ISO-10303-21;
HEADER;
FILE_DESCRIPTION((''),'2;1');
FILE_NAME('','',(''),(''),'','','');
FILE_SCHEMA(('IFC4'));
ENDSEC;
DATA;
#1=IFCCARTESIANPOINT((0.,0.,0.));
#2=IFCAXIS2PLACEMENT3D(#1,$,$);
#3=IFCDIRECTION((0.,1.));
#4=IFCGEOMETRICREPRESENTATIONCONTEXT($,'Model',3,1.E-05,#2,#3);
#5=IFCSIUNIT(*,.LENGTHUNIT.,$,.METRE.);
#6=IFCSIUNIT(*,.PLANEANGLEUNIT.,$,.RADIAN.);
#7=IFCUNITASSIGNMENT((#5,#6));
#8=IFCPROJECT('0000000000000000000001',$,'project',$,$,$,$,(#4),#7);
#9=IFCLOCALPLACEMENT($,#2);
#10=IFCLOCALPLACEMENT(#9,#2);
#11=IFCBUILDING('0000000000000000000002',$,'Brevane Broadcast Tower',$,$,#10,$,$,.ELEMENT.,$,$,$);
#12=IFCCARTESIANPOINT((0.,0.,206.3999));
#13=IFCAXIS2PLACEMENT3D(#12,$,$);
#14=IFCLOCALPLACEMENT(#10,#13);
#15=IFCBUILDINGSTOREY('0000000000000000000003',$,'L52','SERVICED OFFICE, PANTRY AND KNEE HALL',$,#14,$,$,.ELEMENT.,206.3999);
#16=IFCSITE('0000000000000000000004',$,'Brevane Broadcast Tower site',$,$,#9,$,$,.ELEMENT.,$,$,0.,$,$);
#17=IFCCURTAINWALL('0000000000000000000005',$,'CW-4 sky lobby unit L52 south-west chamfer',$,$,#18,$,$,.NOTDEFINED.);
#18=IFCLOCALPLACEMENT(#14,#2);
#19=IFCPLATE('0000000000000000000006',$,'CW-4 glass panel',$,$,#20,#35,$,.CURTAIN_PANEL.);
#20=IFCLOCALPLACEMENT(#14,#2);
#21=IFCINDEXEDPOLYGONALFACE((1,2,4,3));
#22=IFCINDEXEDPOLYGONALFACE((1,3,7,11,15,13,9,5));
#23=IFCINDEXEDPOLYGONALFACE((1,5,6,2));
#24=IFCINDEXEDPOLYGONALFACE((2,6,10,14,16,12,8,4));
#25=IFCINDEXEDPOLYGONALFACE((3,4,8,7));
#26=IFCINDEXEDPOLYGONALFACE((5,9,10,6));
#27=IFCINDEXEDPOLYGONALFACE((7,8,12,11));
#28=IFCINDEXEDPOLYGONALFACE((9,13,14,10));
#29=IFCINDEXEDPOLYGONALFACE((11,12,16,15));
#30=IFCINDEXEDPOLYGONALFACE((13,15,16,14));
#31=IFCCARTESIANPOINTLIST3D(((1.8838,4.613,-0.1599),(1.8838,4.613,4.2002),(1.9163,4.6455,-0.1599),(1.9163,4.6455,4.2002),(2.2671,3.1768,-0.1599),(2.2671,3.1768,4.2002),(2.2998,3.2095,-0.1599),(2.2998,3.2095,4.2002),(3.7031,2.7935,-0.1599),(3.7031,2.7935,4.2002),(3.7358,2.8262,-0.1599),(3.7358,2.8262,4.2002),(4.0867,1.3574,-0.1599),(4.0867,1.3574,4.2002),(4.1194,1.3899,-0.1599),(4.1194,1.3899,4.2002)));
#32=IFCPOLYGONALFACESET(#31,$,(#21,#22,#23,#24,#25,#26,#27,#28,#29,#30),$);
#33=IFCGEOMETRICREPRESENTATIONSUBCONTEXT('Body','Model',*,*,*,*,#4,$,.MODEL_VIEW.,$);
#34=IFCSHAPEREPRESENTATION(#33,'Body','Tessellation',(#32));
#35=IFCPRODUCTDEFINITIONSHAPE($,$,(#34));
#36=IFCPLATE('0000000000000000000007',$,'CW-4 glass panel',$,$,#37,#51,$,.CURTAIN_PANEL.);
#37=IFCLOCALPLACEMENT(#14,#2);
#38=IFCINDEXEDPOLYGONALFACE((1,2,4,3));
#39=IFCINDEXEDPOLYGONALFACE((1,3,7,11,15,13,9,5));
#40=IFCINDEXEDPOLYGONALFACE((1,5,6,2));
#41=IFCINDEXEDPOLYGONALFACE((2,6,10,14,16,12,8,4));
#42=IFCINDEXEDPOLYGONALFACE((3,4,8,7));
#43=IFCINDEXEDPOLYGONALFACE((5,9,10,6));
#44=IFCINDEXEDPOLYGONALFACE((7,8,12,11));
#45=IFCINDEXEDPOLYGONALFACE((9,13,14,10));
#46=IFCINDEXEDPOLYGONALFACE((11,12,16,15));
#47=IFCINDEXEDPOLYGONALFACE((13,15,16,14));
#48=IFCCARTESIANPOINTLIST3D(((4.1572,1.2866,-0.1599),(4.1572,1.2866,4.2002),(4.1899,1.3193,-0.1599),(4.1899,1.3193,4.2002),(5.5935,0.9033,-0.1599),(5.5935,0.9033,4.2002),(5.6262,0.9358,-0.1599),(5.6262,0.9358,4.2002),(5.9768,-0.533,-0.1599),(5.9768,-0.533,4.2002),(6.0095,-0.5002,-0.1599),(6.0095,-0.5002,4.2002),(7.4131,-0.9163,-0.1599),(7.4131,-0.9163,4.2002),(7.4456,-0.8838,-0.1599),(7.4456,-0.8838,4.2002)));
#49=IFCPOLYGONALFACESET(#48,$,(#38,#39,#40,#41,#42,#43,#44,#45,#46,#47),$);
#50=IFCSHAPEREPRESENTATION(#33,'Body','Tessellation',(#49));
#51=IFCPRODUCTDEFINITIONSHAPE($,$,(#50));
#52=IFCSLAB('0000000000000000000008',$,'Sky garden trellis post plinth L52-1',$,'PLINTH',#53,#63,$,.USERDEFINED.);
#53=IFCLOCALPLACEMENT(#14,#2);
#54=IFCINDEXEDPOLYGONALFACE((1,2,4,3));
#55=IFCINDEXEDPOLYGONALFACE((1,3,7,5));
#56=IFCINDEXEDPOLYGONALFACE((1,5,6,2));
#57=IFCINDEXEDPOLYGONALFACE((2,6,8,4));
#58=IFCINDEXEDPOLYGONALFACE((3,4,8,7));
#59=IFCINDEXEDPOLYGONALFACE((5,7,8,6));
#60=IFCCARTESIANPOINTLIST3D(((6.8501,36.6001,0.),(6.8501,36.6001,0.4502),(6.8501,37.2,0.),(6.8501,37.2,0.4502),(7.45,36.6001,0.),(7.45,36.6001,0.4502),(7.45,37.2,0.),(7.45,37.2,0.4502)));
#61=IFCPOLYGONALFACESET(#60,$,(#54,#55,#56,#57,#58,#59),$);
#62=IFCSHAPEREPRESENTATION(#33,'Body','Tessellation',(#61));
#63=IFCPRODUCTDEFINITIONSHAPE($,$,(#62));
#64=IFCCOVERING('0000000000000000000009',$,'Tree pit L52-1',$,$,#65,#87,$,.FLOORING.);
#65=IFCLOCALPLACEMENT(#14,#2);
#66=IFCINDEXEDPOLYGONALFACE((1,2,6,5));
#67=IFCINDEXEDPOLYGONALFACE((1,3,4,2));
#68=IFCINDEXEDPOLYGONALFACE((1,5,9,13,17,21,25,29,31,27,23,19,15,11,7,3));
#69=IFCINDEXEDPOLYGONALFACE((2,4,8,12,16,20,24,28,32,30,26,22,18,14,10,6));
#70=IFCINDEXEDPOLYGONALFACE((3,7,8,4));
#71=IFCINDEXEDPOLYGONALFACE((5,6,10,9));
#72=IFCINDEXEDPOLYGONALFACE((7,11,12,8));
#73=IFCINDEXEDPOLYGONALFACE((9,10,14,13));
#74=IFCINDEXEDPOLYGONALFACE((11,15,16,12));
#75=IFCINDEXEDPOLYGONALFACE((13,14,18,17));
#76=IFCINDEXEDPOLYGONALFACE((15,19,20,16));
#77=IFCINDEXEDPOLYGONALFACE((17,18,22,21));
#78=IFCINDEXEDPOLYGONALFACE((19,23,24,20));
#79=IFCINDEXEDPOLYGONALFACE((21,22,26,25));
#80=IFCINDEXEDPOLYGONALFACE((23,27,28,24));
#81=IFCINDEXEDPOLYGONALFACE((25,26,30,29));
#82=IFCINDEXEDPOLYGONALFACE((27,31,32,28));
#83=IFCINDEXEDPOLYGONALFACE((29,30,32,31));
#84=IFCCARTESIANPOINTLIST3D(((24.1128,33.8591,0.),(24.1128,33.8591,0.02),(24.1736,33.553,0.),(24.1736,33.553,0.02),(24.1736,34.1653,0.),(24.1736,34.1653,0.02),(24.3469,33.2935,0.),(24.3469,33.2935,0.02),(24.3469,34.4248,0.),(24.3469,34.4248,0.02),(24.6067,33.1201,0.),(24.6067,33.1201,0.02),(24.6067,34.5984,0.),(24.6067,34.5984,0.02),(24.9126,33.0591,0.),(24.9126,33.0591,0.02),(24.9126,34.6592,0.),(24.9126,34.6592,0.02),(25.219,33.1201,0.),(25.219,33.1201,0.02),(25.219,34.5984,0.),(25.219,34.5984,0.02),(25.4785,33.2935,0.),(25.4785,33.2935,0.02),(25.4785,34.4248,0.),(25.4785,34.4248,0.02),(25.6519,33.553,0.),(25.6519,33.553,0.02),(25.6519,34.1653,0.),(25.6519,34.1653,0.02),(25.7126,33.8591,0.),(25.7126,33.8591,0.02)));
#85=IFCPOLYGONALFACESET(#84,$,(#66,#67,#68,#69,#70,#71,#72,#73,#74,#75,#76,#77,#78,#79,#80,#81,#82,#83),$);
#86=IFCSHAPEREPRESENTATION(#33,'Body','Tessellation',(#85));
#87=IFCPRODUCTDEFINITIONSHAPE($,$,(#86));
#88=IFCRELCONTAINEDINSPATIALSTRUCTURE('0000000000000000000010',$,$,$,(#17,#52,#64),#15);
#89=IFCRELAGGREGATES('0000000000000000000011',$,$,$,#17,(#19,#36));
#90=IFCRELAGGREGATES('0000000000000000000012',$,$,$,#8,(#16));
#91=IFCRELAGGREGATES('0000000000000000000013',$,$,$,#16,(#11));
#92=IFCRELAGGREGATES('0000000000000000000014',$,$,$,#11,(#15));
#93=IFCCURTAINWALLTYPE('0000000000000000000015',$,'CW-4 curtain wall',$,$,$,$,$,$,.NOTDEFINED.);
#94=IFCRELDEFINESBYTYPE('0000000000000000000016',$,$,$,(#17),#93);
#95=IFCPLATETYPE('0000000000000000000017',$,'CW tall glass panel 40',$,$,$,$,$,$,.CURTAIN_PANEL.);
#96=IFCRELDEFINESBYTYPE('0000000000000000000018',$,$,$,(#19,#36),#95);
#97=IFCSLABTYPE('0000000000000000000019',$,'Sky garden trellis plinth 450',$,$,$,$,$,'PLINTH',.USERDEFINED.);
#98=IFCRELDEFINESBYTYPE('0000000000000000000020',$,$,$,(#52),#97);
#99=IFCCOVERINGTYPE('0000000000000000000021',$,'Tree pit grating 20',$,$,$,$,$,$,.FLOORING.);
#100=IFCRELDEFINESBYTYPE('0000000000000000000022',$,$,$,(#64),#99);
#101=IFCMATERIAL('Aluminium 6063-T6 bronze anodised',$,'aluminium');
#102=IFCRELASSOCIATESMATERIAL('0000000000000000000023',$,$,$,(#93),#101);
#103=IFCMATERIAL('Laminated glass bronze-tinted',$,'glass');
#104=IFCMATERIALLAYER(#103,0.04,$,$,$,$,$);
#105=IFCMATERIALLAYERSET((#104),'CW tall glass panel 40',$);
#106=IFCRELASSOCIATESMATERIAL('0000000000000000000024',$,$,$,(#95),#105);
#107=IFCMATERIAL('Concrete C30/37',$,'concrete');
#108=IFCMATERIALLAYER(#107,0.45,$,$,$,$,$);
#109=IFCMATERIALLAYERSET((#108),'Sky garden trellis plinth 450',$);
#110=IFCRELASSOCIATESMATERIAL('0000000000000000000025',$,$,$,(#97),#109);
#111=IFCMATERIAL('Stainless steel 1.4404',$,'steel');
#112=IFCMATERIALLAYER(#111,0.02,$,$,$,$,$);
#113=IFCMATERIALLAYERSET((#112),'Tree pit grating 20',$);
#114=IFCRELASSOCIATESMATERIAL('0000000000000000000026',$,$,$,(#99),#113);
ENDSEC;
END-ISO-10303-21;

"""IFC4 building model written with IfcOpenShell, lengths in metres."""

from ifc_helpers import new_model, si_unit, direction, frame, origin, place, context, subcontext, project, spatial, polyline, outline, extrude, material, layer, layer_set, type_object, element, aggregate, save


model = new_model("IFC4")

# Units and contexts
model_context = context("Model", 3, precision=1e-05, world=origin(), true_north=direction((0.0, 1.0)))
body_context = subcontext(model_context, "Body", "Model", "MODEL_VIEW")
ifc_project = project(units=[si_unit("LENGTHUNIT", "METRE"), si_unit("PLANEANGLEUNIT", "RADIAN")], contexts=[model_context])

# Site, building, storey
site_placement = place(None, origin())
site = spatial("IfcSite", under=ifc_project, at=site_placement, Name="Brevane Broadcast Tower site", CompositionType="ELEMENT", RefElevation=0.0)
building_placement = place(site_placement, origin())
building = spatial("IfcBuilding", under=site, at=building_placement, Name="Brevane Broadcast Tower", CompositionType="ELEMENT")
storey_placement = place(building_placement, frame((0.0, 0.0, 206.3999)))
storey = spatial("IfcBuildingStorey", under=building, at=storey_placement, Name="L52", Description="SERVICED OFFICE, PANTRY AND KNEE HALL", CompositionType="ELEMENT", Elevation=206.3999)

# Shared definitions
ifc_material_1 = material(Name="Aluminium 6063-T6 bronze anodised", Category="aluminium")
curtain_wall_type = type_object("IfcCurtainWallType", Name="CW-4 curtain wall", PredefinedType="NOTDEFINED", material=ifc_material_1)

# Curtain wall
curtain_wall_1_placement = place(storey_placement, origin())
curtain_wall_1 = element("IfcCurtainWall", 1, at=curtain_wall_1_placement, inside=storey, type_object=curtain_wall_type, Name="CW-4 sky lobby unit L52 south-west chamfer", PredefinedType="NOTDEFINED")

# Shared definitions
ifc_material_2 = material(Name="Laminated glass bronze-tinted", Category="glass")
ifc_layer_1 = layer(ifc_material_2, 0.04)
ifc_layer_set_1 = layer_set([ifc_layer_1], Name="CW tall glass panel 40")
plate_type = type_object("IfcPlateType", Name="CW tall glass panel 40", PredefinedType="CURTAIN_PANEL", material=ifc_layer_set_1)

# Plates
plate_1_placement = place(storey_placement, frame((0.0, 0.0, -0.1599)))
plate_1 = element("IfcPlate", 2, at=plate_1_placement, type_object=plate_type, Name="CW-4 glass panel", PredefinedType="CURTAIN_PANEL", context=body_context, shape_type="SweptSolid", body=[
    extrude(outline(polyline([(1.9163, 4.6455), (1.8838, 4.613), (2.2671, 3.1768), (3.7031, 2.7935), (4.0867, 1.3574), (4.1194, 1.3899), (3.7358, 2.8262), (2.2998, 3.2095), (1.9163, 4.6455)])), origin(), (0.0, 0.0, 1.0), 4.3601),
])
plate_2_placement = place(storey_placement, frame((0.0, 0.0, -0.1599)))
plate_2 = element("IfcPlate", 3, at=plate_2_placement, type_object=plate_type, Name="CW-4 glass panel", PredefinedType="CURTAIN_PANEL", context=body_context, shape_type="SweptSolid", body=[
    extrude(outline(polyline([(4.1899, 1.3193), (4.1572, 1.2866), (5.5935, 0.9033), (5.9768, -0.533), (7.4131, -0.9163), (7.4456, -0.8838), (6.0095, -0.5002), (5.6262, 0.9358), (4.1899, 1.3193)])), origin(), (0.0, 0.0, 1.0), 4.3601),
])
aggregate(curtain_wall_1, [plate_1, plate_2])

# Slab
ifc_material_3 = material(Name="Concrete C30/37", Category="concrete")
ifc_layer_2 = layer(ifc_material_3, 0.45)
ifc_layer_set_2 = layer_set([ifc_layer_2], Name="Sky garden trellis plinth 450")
slab_type = type_object("IfcSlabType", Name="Sky garden trellis plinth 450", ElementType="PLINTH", PredefinedType="USERDEFINED", material=ifc_layer_set_2)
slab_placement = place(storey_placement, origin())
element("IfcSlab", 4, at=slab_placement, inside=storey, type_object=slab_type, Name="Sky garden trellis post plinth L52-1", ObjectType="PLINTH", PredefinedType="USERDEFINED", context=body_context, shape_type="SweptSolid", body=[
    extrude(outline(polyline([(6.8501, 36.6001), (7.45, 36.6001), (7.45, 37.2), (6.8501, 37.2), (6.8501, 36.6001)])), origin(), (0.0, 0.0, 1.0), 0.4502),
])

# Covering
ifc_material_4 = material(Name="Stainless steel 1.4404", Category="steel")
ifc_layer_3 = layer(ifc_material_4, 0.02)
ifc_layer_set_3 = layer_set([ifc_layer_3], Name="Tree pit grating 20")
covering_type = type_object("IfcCoveringType", Name="Tree pit grating 20", PredefinedType="FLOORING", material=ifc_layer_set_3)
covering_placement = place(storey_placement, origin())
element("IfcCovering", 5, at=covering_placement, inside=storey, type_object=covering_type, Name="Tree pit L52-1", PredefinedType="FLOORING", context=body_context, shape_type="SweptSolid", body=[
    extrude(outline(polyline([(25.7126, 33.8591), (25.6519, 34.1653), (25.4785, 34.4248), (25.219, 34.5984), (24.9126, 34.6592), (24.6067, 34.5984), (24.3469, 34.4248), (24.1736, 34.1653), (24.1128, 33.8591), (24.1736, 33.553), (24.3469, 33.2935), (24.6067, 33.1201), (24.9126, 33.0591), (25.219, 33.1201), (25.4785, 33.2935), (25.6519, 33.553), (25.7126, 33.8591)])), origin(), (0.0, 0.0, 1.0), 0.02),
])

save(model, "model.ifc")
